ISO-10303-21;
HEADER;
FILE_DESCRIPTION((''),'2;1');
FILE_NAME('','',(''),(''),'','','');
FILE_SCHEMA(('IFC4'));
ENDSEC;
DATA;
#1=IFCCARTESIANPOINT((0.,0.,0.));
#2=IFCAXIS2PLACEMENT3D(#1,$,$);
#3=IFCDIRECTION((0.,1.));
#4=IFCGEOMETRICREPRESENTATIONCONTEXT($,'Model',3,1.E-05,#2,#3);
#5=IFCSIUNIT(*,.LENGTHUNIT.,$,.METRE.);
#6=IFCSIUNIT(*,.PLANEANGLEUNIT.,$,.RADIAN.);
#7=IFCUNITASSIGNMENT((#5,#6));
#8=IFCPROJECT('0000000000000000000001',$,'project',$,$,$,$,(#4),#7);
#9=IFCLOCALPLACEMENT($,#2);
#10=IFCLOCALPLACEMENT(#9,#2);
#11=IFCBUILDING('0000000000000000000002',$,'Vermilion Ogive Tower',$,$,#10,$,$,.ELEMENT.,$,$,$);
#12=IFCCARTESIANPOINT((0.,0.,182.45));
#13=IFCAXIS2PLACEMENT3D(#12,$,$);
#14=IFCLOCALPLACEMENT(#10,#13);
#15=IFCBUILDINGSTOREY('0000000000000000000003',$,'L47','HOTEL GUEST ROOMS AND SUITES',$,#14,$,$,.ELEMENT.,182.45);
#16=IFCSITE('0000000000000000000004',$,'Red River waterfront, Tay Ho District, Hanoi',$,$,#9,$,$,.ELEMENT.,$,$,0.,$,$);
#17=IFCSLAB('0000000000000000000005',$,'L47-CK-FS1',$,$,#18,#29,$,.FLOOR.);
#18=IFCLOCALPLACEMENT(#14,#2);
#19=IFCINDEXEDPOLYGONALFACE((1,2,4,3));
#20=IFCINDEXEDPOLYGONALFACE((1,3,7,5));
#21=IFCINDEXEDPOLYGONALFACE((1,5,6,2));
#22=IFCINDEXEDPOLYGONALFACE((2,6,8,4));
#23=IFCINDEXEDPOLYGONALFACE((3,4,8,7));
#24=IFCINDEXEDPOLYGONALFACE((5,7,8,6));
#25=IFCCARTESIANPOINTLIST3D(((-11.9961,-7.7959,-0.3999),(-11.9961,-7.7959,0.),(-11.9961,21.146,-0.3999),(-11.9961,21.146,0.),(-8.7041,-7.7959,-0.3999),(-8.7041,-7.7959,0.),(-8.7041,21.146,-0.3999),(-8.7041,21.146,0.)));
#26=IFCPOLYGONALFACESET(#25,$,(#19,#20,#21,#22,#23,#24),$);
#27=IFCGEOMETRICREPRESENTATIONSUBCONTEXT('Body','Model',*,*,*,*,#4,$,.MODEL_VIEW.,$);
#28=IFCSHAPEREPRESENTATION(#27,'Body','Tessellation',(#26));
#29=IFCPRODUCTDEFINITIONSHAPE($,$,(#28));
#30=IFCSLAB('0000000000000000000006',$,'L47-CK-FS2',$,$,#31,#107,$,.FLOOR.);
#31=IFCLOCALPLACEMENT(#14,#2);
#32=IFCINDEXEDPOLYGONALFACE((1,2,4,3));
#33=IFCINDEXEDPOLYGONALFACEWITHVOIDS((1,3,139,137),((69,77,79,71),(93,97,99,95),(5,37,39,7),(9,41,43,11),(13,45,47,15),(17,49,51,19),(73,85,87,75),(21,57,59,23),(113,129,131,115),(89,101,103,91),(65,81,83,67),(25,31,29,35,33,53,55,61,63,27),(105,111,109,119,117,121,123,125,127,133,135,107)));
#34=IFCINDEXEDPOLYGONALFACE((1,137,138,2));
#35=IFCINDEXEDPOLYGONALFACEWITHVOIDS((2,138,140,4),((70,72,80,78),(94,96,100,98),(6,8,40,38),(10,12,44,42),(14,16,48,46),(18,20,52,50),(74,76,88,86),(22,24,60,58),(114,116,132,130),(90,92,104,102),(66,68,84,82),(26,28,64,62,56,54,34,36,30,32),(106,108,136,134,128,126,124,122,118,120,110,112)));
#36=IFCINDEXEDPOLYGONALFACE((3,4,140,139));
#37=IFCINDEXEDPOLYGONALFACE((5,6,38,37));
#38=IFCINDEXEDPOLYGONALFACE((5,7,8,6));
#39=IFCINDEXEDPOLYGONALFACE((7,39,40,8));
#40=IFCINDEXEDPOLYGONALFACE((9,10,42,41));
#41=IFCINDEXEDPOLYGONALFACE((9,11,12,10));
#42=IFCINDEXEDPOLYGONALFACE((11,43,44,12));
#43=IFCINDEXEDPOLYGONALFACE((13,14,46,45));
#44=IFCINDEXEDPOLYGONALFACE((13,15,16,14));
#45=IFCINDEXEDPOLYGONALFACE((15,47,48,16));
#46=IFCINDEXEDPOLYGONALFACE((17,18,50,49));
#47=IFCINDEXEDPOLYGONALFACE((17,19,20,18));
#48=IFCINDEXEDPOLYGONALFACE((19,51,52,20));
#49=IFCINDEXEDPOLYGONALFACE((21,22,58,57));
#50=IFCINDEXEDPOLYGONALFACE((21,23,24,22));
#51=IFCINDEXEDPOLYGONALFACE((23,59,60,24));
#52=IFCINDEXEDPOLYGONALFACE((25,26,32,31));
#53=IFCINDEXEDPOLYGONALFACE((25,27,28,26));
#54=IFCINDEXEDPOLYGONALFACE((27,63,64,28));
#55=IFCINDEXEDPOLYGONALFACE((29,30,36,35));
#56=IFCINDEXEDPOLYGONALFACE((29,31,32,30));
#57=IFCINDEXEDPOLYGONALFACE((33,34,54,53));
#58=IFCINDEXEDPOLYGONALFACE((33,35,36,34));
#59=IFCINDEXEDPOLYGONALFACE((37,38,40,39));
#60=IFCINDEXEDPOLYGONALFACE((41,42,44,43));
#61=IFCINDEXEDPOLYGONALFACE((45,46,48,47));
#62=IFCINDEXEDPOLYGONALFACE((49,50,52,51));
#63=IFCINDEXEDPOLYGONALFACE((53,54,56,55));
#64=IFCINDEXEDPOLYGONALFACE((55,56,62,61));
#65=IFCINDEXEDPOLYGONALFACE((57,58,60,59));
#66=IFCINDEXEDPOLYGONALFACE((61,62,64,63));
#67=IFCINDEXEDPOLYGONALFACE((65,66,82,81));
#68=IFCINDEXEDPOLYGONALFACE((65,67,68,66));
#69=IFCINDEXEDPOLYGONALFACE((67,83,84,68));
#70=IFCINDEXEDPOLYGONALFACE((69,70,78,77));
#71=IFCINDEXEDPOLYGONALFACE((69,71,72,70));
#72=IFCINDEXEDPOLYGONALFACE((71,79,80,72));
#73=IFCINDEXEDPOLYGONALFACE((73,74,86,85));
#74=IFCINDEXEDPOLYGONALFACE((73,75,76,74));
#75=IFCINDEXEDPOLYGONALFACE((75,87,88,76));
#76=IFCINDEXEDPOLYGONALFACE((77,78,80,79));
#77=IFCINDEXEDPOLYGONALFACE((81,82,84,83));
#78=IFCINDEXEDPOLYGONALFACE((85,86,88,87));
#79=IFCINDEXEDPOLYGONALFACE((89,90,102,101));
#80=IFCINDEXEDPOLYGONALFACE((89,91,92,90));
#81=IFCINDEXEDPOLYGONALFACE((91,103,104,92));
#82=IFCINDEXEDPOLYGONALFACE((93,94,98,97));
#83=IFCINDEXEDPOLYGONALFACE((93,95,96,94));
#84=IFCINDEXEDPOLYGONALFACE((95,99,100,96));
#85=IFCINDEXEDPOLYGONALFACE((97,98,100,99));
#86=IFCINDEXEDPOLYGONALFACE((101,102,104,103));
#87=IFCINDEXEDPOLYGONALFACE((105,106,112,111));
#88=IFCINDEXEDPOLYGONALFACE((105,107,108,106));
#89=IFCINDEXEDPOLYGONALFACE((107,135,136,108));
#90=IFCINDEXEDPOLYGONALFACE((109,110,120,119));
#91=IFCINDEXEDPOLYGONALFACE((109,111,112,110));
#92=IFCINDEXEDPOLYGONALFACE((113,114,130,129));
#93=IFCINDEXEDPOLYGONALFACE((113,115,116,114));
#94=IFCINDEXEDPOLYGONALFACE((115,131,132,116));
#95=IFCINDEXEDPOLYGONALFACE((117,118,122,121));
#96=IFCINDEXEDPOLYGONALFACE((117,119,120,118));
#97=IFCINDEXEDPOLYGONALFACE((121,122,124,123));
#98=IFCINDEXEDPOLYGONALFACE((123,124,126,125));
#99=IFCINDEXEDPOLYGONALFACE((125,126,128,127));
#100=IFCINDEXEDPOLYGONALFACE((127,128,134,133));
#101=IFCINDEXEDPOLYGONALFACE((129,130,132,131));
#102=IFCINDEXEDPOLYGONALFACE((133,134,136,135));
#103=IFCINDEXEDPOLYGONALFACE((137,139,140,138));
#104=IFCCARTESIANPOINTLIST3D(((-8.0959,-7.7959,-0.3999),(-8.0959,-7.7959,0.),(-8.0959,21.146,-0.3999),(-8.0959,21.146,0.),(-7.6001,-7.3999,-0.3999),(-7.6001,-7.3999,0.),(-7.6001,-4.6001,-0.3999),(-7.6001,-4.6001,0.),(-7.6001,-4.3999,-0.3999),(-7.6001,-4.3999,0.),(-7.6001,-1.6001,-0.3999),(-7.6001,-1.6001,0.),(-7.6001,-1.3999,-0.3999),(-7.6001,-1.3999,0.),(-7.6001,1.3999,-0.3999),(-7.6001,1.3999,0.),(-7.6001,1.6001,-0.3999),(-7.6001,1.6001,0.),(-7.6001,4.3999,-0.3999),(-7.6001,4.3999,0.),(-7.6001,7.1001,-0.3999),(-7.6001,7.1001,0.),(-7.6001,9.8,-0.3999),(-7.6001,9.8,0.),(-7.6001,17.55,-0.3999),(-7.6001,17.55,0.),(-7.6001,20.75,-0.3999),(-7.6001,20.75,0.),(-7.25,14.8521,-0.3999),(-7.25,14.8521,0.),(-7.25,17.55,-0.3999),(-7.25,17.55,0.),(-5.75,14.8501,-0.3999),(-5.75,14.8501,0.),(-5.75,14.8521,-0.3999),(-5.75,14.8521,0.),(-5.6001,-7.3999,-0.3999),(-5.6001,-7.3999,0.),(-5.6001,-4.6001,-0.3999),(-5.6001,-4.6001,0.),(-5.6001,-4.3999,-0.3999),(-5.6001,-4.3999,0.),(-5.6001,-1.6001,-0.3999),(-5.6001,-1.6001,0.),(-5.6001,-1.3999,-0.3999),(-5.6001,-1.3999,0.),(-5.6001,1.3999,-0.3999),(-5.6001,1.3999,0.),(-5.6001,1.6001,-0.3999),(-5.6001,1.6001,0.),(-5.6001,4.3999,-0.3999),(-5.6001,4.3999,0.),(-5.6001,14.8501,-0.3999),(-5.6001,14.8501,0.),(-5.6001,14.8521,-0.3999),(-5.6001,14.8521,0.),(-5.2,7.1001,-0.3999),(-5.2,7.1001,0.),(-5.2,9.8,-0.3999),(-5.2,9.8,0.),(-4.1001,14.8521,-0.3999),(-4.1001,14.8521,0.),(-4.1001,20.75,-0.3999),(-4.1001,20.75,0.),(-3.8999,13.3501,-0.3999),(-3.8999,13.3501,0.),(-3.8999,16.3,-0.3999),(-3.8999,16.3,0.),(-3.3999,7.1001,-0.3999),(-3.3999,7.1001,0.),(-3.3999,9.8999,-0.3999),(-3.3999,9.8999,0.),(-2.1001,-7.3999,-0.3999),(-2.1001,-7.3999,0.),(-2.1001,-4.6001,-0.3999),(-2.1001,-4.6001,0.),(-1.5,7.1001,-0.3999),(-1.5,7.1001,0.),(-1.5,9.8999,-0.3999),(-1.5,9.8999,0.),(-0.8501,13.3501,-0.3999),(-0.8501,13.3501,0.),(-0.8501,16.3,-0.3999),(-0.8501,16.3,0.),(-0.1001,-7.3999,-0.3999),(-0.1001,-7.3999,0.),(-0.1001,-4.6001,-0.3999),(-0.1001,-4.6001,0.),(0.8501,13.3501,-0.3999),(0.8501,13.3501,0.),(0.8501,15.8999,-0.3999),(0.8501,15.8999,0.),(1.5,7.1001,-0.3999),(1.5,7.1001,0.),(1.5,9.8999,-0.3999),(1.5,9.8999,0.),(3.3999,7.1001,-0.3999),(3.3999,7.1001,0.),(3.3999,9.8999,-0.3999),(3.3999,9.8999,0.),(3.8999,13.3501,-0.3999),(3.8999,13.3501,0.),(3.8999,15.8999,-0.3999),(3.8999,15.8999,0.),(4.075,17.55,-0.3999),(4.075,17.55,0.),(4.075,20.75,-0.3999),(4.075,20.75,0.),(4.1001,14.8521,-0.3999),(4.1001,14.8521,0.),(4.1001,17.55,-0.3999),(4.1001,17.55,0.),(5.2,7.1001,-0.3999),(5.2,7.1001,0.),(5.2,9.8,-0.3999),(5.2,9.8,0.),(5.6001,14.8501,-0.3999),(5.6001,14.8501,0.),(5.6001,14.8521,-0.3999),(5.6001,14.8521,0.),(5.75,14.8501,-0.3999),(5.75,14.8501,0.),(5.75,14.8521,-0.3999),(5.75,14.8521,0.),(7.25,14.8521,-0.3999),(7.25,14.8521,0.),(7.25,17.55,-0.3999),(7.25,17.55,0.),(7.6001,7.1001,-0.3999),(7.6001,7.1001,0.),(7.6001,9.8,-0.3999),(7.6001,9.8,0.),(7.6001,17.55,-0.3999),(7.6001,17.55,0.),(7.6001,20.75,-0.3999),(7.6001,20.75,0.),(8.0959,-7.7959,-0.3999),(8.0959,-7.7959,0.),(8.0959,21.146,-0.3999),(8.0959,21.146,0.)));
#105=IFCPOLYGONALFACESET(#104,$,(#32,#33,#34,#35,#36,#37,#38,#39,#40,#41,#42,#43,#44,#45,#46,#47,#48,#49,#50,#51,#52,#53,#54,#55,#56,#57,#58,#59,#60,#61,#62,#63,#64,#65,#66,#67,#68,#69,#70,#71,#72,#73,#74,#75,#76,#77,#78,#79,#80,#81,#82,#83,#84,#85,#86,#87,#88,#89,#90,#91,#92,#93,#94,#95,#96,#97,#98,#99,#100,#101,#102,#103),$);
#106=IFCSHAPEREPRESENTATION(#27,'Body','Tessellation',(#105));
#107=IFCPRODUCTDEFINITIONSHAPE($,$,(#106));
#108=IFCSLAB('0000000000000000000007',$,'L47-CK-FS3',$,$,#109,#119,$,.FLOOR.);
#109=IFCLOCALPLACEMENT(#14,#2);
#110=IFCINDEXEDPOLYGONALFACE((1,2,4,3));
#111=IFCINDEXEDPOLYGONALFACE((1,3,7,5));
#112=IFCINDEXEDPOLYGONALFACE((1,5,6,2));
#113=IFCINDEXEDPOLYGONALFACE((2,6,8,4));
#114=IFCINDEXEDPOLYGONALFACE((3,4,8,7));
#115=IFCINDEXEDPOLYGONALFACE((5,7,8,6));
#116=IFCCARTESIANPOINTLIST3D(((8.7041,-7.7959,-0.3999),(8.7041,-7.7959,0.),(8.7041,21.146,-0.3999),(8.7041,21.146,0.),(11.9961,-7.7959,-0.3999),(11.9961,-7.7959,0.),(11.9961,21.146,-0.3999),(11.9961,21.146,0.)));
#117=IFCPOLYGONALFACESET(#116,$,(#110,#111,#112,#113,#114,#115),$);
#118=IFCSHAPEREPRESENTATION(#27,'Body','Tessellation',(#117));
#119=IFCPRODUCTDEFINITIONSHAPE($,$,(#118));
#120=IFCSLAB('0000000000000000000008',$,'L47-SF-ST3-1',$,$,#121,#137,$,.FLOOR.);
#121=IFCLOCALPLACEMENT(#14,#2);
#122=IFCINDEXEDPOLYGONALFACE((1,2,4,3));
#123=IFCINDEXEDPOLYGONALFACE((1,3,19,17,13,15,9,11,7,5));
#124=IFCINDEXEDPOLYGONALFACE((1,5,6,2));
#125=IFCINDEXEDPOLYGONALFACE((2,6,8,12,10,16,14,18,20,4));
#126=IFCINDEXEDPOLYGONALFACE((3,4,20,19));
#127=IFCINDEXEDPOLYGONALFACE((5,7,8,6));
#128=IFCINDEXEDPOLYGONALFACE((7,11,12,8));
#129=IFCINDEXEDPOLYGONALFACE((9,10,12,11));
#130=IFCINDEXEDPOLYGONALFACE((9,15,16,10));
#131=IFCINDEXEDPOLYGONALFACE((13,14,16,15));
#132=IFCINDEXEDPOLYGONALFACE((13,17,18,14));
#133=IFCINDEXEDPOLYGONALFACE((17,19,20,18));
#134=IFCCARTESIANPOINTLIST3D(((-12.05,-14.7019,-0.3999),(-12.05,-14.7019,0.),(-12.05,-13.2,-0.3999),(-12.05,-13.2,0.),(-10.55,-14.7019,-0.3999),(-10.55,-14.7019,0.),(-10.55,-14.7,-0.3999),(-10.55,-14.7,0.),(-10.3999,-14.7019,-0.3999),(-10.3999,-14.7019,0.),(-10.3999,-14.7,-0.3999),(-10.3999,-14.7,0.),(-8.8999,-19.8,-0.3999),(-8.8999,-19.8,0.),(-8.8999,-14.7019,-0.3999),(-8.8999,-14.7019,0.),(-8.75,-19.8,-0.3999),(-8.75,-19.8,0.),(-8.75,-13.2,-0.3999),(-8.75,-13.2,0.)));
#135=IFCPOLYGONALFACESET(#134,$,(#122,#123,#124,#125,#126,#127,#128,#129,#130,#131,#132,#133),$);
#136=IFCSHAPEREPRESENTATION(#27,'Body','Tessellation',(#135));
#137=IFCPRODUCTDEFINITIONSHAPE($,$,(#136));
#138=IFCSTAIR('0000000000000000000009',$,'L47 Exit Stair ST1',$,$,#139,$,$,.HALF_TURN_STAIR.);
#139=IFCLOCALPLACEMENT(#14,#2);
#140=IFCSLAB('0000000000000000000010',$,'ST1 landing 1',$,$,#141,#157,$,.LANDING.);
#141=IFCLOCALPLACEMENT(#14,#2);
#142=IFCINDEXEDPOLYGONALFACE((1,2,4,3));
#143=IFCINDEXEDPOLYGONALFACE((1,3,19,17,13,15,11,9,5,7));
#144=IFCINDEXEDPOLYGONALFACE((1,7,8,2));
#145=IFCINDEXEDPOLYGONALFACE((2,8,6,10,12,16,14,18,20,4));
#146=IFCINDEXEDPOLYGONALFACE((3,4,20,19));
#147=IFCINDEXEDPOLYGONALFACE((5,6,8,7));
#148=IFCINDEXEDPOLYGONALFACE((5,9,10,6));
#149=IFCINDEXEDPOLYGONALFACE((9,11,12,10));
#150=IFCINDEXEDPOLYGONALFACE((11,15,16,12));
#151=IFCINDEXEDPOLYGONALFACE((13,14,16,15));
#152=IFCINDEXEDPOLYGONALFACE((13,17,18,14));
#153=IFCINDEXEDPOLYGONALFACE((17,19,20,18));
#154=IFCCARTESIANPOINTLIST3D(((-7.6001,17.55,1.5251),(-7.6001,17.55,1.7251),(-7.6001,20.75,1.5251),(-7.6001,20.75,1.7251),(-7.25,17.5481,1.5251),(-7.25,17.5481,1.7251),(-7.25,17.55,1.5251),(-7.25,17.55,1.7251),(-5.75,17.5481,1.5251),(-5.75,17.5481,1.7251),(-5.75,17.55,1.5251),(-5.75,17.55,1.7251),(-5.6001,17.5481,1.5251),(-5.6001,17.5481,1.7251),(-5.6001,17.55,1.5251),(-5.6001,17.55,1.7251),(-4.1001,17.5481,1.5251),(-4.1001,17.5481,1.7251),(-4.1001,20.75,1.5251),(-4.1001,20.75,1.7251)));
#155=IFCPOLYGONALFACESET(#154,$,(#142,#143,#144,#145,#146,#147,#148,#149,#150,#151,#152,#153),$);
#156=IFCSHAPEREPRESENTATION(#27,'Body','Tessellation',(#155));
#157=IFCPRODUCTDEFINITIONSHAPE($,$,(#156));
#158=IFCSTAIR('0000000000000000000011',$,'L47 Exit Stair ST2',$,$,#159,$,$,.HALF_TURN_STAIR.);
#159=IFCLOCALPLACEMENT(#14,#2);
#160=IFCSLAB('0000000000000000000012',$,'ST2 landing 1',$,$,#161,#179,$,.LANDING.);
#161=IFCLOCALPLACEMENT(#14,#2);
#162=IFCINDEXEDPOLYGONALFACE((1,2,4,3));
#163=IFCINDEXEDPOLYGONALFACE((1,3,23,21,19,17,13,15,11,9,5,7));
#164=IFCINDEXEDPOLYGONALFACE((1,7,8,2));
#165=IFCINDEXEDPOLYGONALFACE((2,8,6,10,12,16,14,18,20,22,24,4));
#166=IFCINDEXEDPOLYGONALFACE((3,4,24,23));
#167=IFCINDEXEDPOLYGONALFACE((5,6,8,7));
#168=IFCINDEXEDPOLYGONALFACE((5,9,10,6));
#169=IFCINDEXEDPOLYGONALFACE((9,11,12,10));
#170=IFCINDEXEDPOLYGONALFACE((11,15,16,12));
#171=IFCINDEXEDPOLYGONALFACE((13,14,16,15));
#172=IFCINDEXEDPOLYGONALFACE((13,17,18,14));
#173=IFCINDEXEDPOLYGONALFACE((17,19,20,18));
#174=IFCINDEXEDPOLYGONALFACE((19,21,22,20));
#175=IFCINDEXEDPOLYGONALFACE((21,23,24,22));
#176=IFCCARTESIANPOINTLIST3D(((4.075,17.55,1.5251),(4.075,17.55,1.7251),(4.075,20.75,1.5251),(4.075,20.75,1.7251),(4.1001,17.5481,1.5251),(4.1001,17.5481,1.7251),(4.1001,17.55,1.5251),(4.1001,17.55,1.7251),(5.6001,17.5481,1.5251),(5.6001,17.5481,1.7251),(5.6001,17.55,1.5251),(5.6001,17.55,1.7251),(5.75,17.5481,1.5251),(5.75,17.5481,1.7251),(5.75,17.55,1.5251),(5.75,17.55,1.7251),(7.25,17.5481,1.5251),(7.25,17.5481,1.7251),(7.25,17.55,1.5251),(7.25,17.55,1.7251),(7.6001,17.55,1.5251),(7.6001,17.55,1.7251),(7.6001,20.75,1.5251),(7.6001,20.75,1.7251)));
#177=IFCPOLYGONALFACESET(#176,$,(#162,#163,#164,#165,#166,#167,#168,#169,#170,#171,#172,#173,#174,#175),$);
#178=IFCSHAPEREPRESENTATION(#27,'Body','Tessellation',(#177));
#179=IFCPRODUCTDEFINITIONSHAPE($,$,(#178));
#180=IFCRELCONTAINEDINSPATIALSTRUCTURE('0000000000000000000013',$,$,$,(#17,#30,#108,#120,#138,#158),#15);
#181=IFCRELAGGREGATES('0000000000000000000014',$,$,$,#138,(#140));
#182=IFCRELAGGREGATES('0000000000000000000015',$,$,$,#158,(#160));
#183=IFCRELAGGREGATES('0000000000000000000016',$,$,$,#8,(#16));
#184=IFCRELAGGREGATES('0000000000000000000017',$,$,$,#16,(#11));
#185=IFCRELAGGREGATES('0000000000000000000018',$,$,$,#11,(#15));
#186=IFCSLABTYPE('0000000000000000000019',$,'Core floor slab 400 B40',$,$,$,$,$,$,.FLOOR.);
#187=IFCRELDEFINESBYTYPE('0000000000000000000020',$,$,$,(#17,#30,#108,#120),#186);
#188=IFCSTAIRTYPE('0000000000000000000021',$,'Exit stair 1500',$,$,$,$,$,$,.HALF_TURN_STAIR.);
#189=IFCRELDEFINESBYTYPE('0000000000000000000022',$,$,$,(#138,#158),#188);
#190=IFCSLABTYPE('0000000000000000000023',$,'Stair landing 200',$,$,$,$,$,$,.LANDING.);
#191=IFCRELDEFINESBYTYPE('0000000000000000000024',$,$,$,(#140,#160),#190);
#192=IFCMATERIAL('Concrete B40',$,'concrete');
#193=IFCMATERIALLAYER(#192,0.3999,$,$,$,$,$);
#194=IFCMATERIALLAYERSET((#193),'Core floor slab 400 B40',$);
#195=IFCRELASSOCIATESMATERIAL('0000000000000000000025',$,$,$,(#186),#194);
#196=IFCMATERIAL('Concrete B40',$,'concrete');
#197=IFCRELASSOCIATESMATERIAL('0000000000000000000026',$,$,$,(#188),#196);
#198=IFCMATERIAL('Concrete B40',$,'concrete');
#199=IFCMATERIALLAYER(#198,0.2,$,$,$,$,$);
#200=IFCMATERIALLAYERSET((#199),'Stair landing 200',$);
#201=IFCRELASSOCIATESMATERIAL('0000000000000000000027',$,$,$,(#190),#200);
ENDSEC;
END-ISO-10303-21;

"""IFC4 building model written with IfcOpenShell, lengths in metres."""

from ifc_helpers import new_model, si_unit, direction, frame, origin, place, context, subcontext, project, spatial, polyline, outline, extrude, material, layer, layer_set, type_object, element, aggregate, save


model = new_model("IFC4")

# Units and contexts
model_context = context("Model", 3, precision=1e-05, world=origin(), true_north=direction((0.0, 1.0)))
body_context = subcontext(model_context, "Body", "Model", "MODEL_VIEW")
ifc_project = project(units=[si_unit("LENGTHUNIT", "METRE"), si_unit("PLANEANGLEUNIT", "RADIAN")], contexts=[model_context])

# Site, building, storey
site_placement = place(None, origin())
site = spatial("IfcSite", under=ifc_project, at=site_placement, Name="Red River waterfront, Tay Ho District, Hanoi", CompositionType="ELEMENT", RefElevation=0.0)
building_placement = place(site_placement, origin())
building = spatial("IfcBuilding", under=site, at=building_placement, Name="Vermilion Ogive Tower", CompositionType="ELEMENT")
storey_placement = place(building_placement, frame((0.0, 0.0, 182.45)))
storey = spatial("IfcBuildingStorey", under=building, at=storey_placement, Name="L47", Description="HOTEL GUEST ROOMS AND SUITES", CompositionType="ELEMENT", Elevation=182.45)

# Slabs
ifc_material_1 = material(Name="Concrete B40", Category="concrete")
ifc_layer_1 = layer(ifc_material_1, 0.3999)
ifc_layer_set_1 = layer_set([ifc_layer_1], Name="Core floor slab 400 B40")
slab_type_1 = type_object("IfcSlabType", Name="Core floor slab 400 B40", PredefinedType="FLOOR", material=ifc_layer_set_1)
slab_1_placement = place(storey_placement, frame((0.0, 0.0, -0.3999)))
element("IfcSlab", 1, at=slab_1_placement, inside=storey, type_object=slab_type_1, Name="L47-CK-FS1", PredefinedType="FLOOR", context=body_context, shape_type="SweptSolid", body=[
    extrude(outline(polyline([(-11.9961, 21.146), (-8.7041, 21.146), (-8.7041, -7.7959), (-11.9961, -7.7959), (-11.9961, 21.146)])), origin(), (0.0, 0.0, 1.0), 0.3999),
])
slab_2_placement = place(storey_placement, frame((0.0, 0.0, -0.3999)))
element("IfcSlab", 2, at=slab_2_placement, inside=storey, type_object=slab_type_1, Name="L47-CK-FS2", PredefinedType="FLOOR", context=body_context, shape_type="SweptSolid", body=[
    extrude(outline(polyline([(-8.0959, -7.7959), (8.0959, -7.7959), (8.0959, 21.146), (-8.0959, 21.146), (-8.0959, -7.7959)]), holes=[polyline([(-7.6001, -7.3999), (-7.6001, -4.6001), (-5.6001, -4.6001), (-5.6001, -7.3999), (-7.6001, -7.3999)]), polyline([(-7.6001, -4.3999), (-7.6001, -1.6001), (-5.6001, -1.6001), (-5.6001, -4.3999), (-7.6001, -4.3999)]), polyline([(-7.6001, -1.3999), (-7.6001, 1.3999), (-5.6001, 1.3999), (-5.6001, -1.3999), (-7.6001, -1.3999)]), polyline([(-7.6001, 1.6001), (-7.6001, 4.3999), (-5.6001, 4.3999), (-5.6001, 1.6001), (-7.6001, 1.6001)]), polyline([(-7.6001, 7.1001), (-7.6001, 9.8), (-5.2, 9.8), (-5.2, 7.1001), (-7.6001, 7.1001)]), polyline([(-3.3999, 9.8999), (-1.5, 9.8999), (-1.5, 7.1001), (-3.3999, 7.1001), (-3.3999, 9.8999)]), polyline([(-7.6001, 17.55), (-7.6001, 20.75), (-4.1001, 20.75), (-4.1001, 14.8521), (-5.6001, 14.8521), (-5.6001, 14.8501), (-5.75, 14.8501), (-5.75, 14.8521), (-7.25, 14.8521), (-7.25, 17.55), (-7.6001, 17.55)]), polyline([(-2.1001, -7.3999), (-2.1001, -4.6001), (-0.1001, -4.6001), (-0.1001, -7.3999), (-2.1001, -7.3999)]), polyline([(5.2, 7.1001), (5.2, 9.8), (7.6001, 9.8), (7.6001, 7.1001), (5.2, 7.1001)]), polyline([(1.5, 7.1001), (1.5, 9.8999), (3.3999, 9.8999), (3.3999, 7.1001), (1.5, 7.1001)]), polyline([(0.8501, 13.3501), (0.8501, 15.8999), (3.8999, 15.8999), (3.8999, 13.3501), (0.8501, 13.3501)]), polyline([(-3.8999, 16.3), (-0.8501, 16.3), (-0.8501, 13.3501), (-3.8999, 13.3501), (-3.8999, 16.3)]), polyline([(5.75, 14.8501), (5.6001, 14.8501), (5.6001, 14.8521), (4.1001, 14.8521), (4.1001, 17.55), (4.075, 17.55), (4.075, 20.75), (7.6001, 20.75), (7.6001, 17.55), (7.25, 17.55), (7.25, 14.8521), (5.75, 14.8521), (5.75, 14.8501)])]), origin(), (0.0, 0.0, 1.0), 0.3999),
])
slab_3_placement = place(storey_placement, frame((0.0, 0.0, -0.3999)))
element("IfcSlab", 3, at=slab_3_placement, inside=storey, type_object=slab_type_1, Name="L47-CK-FS3", PredefinedType="FLOOR", context=body_context, shape_type="SweptSolid", body=[
    extrude(outline(polyline([(11.9961, 21.146), (11.9961, -7.7959), (8.7041, -7.7959), (8.7041, 21.146), (11.9961, 21.146)])), origin(), (0.0, 0.0, 1.0), 0.3999),
])
slab_4_placement = place(storey_placement, frame((0.0, 0.0, -0.3999)))
element("IfcSlab", 4, at=slab_4_placement, inside=storey, type_object=slab_type_1, Name="L47-SF-ST3-1", PredefinedType="FLOOR", context=body_context, shape_type="SweptSolid", body=[
    extrude(outline(polyline([(-12.05, -13.2), (-12.05, -14.7019), (-10.55, -14.7019), (-10.55, -14.7), (-10.3999, -14.7), (-10.3999, -14.7019), (-8.8999, -14.7019), (-8.8999, -19.8), (-8.75, -19.8), (-8.75, -13.2), (-12.05, -13.2)])), origin(), (0.0, 0.0, 1.0), 0.3999),
])

# Stairs, slabs
ifc_material_2 = material(Name="Concrete B40", Category="concrete")
stair_type = type_object("IfcStairType", Name="Exit stair 1500", PredefinedType="HALF_TURN_STAIR", material=ifc_material_2)
stair_1_placement = place(storey_placement, origin())
stair_1 = element("IfcStair", 5, at=stair_1_placement, inside=storey, type_object=stair_type, Name="L47 Exit Stair ST1", PredefinedType="HALF_TURN_STAIR")
ifc_material_3 = material(Name="Concrete B40", Category="concrete")
ifc_layer_2 = layer(ifc_material_3, 0.2)
ifc_layer_set_2 = layer_set([ifc_layer_2], Name="Stair landing 200")
slab_type_2 = type_object("IfcSlabType", Name="Stair landing 200", PredefinedType="LANDING", material=ifc_layer_set_2)
slab_5_placement = place(storey_placement, frame((0.0, 0.0, 1.5251)))
slab_5 = element("IfcSlab", 6, at=slab_5_placement, type_object=slab_type_2, Name="ST1 landing 1", PredefinedType="LANDING", context=body_context, shape_type="SweptSolid", body=[
    extrude(outline(polyline([(-7.6001, 17.55), (-7.25, 17.55), (-7.25, 17.5481), (-5.75, 17.5481), (-5.75, 17.55), (-5.6001, 17.55), (-5.6001, 17.5481), (-4.1001, 17.5481), (-4.1001, 20.75), (-7.6001, 20.75), (-7.6001, 17.55)])), origin(), (0.0, 0.0, 1.0), 0.2),
])
aggregate(stair_1, [slab_5])
stair_2_placement = place(storey_placement, origin())
stair_2 = element("IfcStair", 7, at=stair_2_placement, inside=storey, type_object=stair_type, Name="L47 Exit Stair ST2", PredefinedType="HALF_TURN_STAIR")
slab_6_placement = place(storey_placement, frame((0.0, 0.0, 1.5251)))
slab_6 = element("IfcSlab", 8, at=slab_6_placement, type_object=slab_type_2, Name="ST2 landing 1", PredefinedType="LANDING", context=body_context, shape_type="SweptSolid", body=[
    extrude(outline(polyline([(5.6001, 17.55), (5.75, 17.55), (5.75, 17.5481), (7.25, 17.5481), (7.25, 17.55), (7.6001, 17.55), (7.6001, 20.75), (4.075, 20.75), (4.075, 17.55), (4.1001, 17.55), (4.1001, 17.5481), (5.6001, 17.5481), (5.6001, 17.55)])), origin(), (0.0, 0.0, 1.0), 0.2),
])
aggregate(stair_2, [slab_6])

save(model, "model.ifc")
